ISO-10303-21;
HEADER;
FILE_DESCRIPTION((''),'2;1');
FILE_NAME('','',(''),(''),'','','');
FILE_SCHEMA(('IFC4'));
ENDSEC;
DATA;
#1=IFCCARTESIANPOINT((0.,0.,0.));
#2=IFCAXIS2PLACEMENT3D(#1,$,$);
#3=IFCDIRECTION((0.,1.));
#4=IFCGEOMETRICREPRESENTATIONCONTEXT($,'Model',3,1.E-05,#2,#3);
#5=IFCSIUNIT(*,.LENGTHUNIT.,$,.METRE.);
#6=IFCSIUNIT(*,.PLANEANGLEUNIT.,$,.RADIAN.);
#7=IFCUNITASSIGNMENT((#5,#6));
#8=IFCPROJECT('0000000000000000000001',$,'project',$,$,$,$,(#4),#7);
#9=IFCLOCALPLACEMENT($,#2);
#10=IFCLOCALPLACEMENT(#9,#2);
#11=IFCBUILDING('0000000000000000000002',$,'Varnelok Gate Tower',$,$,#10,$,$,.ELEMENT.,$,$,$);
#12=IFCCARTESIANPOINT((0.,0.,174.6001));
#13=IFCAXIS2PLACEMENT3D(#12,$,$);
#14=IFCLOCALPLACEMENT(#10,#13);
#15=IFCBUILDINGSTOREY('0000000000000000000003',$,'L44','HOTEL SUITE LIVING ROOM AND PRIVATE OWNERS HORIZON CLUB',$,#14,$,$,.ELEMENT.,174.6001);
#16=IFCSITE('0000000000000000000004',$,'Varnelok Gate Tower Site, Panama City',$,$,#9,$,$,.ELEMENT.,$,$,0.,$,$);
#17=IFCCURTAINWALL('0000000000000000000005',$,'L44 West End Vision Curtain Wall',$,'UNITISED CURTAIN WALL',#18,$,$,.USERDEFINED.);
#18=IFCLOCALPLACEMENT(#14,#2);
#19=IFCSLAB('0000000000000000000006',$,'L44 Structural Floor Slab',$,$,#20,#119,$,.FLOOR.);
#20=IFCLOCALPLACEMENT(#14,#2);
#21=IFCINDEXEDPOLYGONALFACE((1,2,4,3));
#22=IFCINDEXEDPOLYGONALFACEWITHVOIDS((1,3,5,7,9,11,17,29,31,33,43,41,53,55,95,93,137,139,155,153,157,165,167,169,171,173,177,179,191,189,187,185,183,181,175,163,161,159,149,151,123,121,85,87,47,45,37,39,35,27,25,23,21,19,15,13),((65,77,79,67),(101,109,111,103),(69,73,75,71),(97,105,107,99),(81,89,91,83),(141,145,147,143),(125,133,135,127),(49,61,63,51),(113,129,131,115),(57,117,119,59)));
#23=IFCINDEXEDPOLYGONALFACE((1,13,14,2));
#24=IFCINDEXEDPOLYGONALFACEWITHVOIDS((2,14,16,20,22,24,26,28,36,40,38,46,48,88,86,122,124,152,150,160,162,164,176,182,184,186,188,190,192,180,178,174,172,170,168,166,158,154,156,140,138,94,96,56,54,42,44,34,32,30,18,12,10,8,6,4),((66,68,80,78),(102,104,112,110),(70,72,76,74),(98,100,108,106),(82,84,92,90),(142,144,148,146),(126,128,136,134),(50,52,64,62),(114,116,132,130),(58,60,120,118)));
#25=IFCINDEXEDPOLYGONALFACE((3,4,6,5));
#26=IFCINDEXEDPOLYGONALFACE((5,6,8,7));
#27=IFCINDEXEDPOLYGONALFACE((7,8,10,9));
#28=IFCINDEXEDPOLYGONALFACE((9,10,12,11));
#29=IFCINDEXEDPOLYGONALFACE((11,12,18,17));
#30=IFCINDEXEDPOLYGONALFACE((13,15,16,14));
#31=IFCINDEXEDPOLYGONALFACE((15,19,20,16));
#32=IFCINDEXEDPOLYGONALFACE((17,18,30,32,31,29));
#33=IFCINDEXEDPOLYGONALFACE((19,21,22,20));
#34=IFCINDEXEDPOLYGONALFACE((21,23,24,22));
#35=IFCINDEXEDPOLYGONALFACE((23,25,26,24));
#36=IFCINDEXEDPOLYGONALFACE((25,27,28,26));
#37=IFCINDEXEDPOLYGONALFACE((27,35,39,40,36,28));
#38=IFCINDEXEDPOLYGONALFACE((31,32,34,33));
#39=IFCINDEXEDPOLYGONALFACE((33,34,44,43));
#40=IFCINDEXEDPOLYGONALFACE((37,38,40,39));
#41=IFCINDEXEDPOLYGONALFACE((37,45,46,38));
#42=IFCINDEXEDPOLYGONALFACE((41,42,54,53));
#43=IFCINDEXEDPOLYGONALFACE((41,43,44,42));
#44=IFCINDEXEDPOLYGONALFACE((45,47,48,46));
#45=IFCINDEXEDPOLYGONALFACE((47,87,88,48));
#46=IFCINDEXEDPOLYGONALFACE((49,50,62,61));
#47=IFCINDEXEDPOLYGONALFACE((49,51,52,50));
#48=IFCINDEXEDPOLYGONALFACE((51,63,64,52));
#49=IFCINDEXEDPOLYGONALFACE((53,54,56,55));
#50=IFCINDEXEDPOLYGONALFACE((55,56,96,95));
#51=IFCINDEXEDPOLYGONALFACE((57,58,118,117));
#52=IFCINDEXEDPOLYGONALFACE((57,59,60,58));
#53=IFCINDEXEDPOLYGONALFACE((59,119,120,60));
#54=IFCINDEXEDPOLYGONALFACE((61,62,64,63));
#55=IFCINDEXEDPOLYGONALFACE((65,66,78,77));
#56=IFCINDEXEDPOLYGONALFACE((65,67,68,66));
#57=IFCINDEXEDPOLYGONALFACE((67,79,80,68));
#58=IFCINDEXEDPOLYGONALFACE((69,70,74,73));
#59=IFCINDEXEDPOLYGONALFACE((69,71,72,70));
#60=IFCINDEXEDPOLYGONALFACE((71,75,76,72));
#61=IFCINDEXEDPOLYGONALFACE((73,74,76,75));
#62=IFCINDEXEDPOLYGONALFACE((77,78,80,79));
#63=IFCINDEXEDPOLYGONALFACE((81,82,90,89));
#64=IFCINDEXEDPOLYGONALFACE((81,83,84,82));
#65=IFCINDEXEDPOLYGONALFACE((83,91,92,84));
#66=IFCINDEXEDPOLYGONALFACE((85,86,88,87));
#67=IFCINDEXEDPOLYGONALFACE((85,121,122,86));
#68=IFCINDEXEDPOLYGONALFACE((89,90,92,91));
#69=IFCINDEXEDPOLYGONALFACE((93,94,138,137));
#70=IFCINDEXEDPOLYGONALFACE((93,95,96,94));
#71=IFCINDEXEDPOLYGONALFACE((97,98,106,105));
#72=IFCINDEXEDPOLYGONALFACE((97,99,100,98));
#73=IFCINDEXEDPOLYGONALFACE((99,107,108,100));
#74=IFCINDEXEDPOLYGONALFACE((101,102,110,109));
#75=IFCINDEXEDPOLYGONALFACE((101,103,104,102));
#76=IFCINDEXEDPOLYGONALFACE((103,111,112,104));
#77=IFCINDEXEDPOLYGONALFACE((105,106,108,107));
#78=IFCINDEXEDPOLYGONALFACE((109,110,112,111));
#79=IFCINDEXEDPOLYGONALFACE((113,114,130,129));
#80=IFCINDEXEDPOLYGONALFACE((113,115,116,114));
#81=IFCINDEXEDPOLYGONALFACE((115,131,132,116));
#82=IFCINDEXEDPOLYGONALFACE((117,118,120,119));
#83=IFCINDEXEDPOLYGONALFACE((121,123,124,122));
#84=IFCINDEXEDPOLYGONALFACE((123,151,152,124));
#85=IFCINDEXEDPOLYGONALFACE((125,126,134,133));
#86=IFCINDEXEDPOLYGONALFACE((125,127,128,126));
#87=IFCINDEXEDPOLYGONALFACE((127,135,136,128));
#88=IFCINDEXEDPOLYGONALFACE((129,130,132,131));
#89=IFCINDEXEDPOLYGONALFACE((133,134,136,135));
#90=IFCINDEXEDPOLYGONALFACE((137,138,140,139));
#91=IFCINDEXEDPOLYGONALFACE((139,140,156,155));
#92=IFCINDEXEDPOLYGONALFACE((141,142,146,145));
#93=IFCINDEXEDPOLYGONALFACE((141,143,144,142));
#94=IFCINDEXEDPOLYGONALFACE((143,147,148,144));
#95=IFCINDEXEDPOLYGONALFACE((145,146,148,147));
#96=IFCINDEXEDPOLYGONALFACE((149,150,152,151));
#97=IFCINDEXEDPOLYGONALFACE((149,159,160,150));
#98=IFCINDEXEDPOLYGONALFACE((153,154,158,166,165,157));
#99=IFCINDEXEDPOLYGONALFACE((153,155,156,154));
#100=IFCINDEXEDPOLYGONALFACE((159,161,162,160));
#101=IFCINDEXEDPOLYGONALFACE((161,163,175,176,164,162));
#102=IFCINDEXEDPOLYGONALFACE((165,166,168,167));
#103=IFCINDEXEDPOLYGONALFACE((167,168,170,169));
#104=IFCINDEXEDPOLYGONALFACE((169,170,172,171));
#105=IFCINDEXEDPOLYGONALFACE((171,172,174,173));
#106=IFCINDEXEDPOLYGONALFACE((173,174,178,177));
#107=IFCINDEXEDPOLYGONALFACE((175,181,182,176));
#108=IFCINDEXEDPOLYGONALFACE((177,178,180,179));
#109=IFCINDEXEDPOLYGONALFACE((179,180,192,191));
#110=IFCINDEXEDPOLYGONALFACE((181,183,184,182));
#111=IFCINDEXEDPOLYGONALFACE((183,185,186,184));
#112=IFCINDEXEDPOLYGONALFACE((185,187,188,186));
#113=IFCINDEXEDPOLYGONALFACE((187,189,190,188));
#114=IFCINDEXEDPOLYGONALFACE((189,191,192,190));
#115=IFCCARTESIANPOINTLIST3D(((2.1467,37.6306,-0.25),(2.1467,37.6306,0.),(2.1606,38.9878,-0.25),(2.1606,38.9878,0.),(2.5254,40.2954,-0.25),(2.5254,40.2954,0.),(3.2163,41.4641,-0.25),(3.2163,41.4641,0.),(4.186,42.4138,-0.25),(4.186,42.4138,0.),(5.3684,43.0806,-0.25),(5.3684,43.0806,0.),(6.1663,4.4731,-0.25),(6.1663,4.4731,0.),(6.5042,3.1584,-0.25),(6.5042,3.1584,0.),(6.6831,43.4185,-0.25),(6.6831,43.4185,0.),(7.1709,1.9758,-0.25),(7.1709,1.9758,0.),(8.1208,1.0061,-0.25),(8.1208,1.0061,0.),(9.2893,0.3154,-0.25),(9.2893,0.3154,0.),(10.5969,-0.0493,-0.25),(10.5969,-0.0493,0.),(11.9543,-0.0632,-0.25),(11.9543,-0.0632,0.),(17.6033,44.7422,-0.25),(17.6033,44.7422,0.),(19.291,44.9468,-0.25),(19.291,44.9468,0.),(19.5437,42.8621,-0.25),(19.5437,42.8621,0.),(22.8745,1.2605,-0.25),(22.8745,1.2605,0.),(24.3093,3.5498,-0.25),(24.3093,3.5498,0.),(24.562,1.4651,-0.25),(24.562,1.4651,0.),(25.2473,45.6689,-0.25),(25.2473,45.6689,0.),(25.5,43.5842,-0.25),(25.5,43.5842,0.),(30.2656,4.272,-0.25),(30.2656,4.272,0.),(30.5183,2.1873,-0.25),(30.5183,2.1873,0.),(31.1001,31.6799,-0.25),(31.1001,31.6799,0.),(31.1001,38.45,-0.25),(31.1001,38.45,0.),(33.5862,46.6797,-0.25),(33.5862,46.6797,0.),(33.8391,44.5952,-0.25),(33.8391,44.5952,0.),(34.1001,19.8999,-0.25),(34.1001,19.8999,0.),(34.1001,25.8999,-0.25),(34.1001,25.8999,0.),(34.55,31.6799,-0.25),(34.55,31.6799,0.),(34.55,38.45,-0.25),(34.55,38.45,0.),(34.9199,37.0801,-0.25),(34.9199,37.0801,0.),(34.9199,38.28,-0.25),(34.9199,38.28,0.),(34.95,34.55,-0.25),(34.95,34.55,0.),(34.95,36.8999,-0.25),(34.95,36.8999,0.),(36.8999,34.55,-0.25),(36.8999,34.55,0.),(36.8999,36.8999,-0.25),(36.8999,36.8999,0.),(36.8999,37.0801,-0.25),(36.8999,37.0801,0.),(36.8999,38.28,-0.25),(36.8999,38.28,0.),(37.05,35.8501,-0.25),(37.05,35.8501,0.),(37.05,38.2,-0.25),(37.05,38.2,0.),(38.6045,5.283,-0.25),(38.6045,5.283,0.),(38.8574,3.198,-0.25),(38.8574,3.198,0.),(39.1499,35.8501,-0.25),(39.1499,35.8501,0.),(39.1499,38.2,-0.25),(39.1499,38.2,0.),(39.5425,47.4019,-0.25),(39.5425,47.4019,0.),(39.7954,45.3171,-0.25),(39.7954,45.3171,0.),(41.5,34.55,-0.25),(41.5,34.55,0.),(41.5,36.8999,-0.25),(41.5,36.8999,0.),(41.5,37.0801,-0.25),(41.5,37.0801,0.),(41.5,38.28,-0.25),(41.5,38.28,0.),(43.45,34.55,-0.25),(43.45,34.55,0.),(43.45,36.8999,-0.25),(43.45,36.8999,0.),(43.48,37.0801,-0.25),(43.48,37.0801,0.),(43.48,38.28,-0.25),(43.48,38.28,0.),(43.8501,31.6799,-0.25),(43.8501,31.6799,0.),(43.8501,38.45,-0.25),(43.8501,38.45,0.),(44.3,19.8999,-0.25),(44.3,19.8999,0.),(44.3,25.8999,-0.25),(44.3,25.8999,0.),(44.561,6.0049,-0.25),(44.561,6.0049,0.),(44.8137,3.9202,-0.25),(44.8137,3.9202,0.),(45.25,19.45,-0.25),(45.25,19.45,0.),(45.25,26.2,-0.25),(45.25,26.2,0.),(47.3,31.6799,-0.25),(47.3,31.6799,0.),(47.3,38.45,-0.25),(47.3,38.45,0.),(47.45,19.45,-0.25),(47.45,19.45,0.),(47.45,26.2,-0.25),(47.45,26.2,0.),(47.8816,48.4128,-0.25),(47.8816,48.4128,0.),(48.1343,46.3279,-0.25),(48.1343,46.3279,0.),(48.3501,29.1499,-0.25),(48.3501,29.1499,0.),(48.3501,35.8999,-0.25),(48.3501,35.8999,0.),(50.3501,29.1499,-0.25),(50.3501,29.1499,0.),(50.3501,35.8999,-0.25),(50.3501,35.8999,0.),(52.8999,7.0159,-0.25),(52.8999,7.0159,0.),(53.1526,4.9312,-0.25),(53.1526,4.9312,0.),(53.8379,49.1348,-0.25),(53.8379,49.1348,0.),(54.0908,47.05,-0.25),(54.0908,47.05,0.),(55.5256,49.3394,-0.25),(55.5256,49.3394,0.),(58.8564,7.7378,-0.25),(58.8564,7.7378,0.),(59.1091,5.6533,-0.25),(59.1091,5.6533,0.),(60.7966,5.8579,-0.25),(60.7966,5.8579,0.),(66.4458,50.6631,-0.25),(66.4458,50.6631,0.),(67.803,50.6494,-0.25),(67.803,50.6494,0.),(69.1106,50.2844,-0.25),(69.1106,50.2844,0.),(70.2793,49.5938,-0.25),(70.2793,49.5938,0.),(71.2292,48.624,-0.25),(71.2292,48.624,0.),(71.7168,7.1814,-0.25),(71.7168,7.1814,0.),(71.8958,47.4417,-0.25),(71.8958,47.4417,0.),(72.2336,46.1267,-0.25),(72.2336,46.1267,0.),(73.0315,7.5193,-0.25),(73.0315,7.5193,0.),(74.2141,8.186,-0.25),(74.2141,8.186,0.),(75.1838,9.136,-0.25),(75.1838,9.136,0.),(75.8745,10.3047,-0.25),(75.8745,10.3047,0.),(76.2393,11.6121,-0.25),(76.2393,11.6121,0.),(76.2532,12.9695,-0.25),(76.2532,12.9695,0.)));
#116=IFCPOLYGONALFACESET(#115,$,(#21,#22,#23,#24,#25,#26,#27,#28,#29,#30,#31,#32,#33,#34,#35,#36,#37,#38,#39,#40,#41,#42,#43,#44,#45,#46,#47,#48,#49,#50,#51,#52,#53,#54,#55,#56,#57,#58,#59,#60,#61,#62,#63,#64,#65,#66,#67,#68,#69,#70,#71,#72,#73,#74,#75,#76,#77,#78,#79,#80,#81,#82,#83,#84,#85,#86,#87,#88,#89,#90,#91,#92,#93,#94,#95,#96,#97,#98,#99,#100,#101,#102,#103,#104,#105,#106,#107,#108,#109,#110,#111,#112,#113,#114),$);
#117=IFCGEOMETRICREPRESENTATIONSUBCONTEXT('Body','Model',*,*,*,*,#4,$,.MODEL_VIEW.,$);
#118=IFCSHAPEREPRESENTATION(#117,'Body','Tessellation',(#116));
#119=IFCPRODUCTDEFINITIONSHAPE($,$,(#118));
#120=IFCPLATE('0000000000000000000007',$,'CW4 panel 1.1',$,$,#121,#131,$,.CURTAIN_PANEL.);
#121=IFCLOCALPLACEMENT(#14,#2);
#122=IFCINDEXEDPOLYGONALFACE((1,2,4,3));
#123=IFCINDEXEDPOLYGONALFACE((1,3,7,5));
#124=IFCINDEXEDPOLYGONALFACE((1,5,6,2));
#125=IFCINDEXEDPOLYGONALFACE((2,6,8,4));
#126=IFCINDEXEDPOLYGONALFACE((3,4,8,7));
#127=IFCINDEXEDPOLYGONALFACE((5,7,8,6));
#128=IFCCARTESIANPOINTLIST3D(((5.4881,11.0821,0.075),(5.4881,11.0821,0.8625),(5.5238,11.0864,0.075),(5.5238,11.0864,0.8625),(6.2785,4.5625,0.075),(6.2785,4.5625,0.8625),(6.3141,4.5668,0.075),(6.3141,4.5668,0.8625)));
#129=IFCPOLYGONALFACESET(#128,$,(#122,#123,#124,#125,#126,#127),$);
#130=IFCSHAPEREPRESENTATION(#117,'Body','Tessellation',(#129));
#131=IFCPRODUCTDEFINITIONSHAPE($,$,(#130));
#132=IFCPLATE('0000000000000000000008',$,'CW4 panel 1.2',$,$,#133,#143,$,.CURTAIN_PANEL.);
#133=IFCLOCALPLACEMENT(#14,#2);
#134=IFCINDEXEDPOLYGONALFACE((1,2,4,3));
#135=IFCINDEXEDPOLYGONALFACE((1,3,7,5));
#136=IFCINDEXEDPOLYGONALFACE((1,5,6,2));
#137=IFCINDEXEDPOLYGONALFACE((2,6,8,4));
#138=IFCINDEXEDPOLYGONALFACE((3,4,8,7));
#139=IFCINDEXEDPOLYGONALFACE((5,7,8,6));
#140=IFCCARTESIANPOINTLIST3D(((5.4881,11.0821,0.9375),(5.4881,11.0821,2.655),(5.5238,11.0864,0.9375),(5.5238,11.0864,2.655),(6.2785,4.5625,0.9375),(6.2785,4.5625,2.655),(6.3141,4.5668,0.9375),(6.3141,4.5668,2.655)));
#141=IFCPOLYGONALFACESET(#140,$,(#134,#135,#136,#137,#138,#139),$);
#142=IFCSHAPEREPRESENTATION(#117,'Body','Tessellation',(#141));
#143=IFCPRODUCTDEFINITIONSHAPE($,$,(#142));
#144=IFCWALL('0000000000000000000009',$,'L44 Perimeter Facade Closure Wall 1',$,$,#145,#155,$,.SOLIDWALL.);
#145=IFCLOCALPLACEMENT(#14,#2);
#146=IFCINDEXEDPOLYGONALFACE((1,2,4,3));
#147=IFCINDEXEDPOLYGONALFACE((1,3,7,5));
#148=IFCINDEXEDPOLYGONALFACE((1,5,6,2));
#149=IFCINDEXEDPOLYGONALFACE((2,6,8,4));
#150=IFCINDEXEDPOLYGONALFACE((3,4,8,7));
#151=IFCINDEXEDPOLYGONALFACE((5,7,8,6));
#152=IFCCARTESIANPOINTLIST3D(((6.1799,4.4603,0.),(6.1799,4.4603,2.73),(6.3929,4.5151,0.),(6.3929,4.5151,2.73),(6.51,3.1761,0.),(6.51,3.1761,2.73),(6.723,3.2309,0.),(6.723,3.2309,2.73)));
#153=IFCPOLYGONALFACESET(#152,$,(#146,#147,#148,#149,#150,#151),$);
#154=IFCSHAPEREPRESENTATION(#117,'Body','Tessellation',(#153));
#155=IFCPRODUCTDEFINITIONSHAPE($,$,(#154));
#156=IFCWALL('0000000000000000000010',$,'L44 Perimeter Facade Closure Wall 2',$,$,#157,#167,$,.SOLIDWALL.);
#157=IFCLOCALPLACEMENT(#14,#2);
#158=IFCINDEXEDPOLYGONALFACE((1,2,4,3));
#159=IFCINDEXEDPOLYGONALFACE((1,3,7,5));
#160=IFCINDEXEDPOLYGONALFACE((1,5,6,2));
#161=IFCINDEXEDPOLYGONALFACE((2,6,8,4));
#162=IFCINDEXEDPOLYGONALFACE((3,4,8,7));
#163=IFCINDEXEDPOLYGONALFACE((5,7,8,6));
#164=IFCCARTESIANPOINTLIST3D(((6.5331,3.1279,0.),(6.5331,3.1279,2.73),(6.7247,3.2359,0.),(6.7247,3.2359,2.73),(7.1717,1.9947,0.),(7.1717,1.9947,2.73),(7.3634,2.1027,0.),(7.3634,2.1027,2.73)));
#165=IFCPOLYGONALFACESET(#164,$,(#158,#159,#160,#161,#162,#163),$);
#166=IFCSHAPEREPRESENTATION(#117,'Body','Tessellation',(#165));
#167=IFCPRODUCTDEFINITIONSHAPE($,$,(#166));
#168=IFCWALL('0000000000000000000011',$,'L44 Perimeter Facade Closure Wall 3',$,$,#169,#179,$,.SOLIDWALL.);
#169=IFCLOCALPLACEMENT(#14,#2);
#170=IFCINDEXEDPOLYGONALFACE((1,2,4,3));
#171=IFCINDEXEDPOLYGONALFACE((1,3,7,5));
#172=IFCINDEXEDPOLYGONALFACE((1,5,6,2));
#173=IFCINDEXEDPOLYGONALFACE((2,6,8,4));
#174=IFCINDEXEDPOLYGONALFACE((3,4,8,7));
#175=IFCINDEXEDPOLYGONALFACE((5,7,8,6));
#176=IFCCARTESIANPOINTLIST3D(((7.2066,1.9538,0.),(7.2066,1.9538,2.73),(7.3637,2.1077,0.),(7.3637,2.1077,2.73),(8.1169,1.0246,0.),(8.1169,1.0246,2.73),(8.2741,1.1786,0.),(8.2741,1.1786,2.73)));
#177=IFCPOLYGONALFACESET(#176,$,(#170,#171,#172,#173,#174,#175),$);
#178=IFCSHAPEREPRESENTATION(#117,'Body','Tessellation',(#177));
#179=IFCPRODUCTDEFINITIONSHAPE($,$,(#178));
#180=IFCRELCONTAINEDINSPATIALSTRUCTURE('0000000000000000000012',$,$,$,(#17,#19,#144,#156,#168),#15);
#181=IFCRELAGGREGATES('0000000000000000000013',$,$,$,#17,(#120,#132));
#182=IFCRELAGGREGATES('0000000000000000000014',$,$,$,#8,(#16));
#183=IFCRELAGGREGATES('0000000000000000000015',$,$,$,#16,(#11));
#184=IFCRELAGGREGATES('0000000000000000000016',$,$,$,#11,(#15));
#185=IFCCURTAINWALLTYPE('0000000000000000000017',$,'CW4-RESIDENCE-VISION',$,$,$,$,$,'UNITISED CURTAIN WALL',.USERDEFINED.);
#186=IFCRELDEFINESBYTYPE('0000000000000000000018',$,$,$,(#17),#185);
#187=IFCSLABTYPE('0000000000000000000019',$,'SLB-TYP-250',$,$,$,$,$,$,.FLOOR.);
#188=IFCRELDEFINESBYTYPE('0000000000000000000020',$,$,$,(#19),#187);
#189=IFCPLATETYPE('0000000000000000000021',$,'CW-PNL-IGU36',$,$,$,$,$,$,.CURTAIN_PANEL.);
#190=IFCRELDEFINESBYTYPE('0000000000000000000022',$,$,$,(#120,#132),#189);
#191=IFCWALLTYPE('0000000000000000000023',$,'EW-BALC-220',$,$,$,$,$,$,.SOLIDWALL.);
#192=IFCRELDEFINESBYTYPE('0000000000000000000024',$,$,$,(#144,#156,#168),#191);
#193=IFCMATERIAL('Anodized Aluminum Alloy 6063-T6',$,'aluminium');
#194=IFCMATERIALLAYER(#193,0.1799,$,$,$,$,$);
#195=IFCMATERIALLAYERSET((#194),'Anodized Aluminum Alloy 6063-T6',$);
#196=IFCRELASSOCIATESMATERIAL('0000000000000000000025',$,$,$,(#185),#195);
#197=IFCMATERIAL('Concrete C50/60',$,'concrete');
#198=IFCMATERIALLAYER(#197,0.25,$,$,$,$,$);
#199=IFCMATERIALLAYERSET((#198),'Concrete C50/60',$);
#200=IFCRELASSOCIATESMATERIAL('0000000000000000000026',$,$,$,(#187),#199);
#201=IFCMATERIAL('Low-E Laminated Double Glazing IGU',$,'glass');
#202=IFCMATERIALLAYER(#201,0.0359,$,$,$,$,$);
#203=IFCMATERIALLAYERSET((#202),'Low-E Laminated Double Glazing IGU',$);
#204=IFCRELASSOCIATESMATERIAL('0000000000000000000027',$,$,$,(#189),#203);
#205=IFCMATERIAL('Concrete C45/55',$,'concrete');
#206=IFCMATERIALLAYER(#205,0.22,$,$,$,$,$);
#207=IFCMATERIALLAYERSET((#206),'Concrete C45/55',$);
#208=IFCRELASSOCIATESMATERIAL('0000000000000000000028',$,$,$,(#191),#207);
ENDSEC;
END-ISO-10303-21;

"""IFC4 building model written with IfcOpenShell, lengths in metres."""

from ifc_helpers import new_model, si_unit, direction, frame, frame_2d, origin, origin_2d, place, context, subcontext, project, spatial, polyline, rectangle, outline, extrude, source, transform, mapped, material, layer, layer_set, type_object, element, aggregate, save


model = new_model("IFC4")

# Units and contexts
model_context = context("Model", 3, precision=1e-05, world=origin(), true_north=direction((0.0, 1.0)))
body_context = subcontext(model_context, "Body", "Model", "MODEL_VIEW")
ifc_project = project(units=[si_unit("LENGTHUNIT", "METRE"), si_unit("PLANEANGLEUNIT", "RADIAN")], contexts=[model_context])

# Site, building, storey
site_placement = place(None, origin())
site = spatial("IfcSite", under=ifc_project, at=site_placement, Name="Varnelok Gate Tower Site, Panama City", CompositionType="ELEMENT", RefElevation=0.0)
building_placement = place(site_placement, origin())
building = spatial("IfcBuilding", under=site, at=building_placement, Name="Varnelok Gate Tower", CompositionType="ELEMENT")
storey_placement = place(building_placement, frame((0.0, 0.0, 174.6001)))
storey = spatial("IfcBuildingStorey", under=building, at=storey_placement, Name="L44", Description="HOTEL SUITE LIVING ROOM AND PRIVATE OWNERS HORIZON CLUB", CompositionType="ELEMENT", Elevation=174.6001)

# Curtain wall
ifc_material_1 = material(Name="Anodized Aluminum Alloy 6063-T6", Category="aluminium")
ifc_layer_1 = layer(ifc_material_1, 0.1799)
ifc_layer_set_1 = layer_set([ifc_layer_1], Name="Anodized Aluminum Alloy 6063-T6")
curtain_wall_type = type_object("IfcCurtainWallType", Name="CW4-RESIDENCE-VISION", ElementType="UNITISED CURTAIN WALL", PredefinedType="USERDEFINED", material=ifc_layer_set_1)
curtain_wall_placement = place(storey_placement, origin())
curtain_wall = element("IfcCurtainWall", 1, at=curtain_wall_placement, inside=storey, type_object=curtain_wall_type, Name="L44 West End Vision Curtain Wall", ObjectType="UNITISED CURTAIN WALL", PredefinedType="USERDEFINED")

# Shared definitions
ifc_material_2 = material(Name="Concrete C45/55", Category="concrete")

# Shared definitions
ifc_material_3 = material(Name="Concrete C50/60", Category="concrete")

# Slab
ifc_layer_2 = layer(ifc_material_3, 0.25)
ifc_layer_set_2 = layer_set([ifc_layer_2], Name="Concrete C50/60")
slab_type_1 = type_object("IfcSlabType", Name="SLB-TYP-250", PredefinedType="FLOOR", material=ifc_layer_set_2)
slab_1_placement = place(storey_placement, frame((0.0, 0.0, -0.25)))
element("IfcSlab", 2, at=slab_1_placement, inside=storey, type_object=slab_type_1, Name="L44 Structural Floor Slab", PredefinedType="FLOOR", context=body_context, shape_type="SweptSolid", body=[
    extrude(outline(polyline([(6.1663, 4.4731), (6.5042, 3.1584), (7.1709, 1.9758), (8.1208, 1.0061), (9.2893, 0.3154), (10.5969, -0.0493), (11.9543, -0.0632), (22.8745, 1.2605), (24.562, 1.4651), (24.3093, 3.5498), (30.2656, 4.272), (30.5183, 2.1873), (38.8574, 3.198), (38.6045, 5.283), (44.561, 6.0049), (44.8137, 3.9202), (53.1526, 4.9312), (52.8999, 7.0159), (58.8564, 7.7378), (59.1091, 5.6533), (60.7966, 5.8579), (71.7168, 7.1814), (73.0315, 7.5193), (74.2141, 8.186), (75.1838, 9.136), (75.8745, 10.3047), (76.2393, 11.6121), (76.2532, 12.9695), (72.2336, 46.1267), (71.8958, 47.4417), (71.2292, 48.624), (70.2793, 49.5938), (69.1106, 50.2844), (67.803, 50.6494), (66.4458, 50.6631), (55.5256, 49.3394), (53.8379, 49.1348), (54.0908, 47.05), (48.1343, 46.3279), (47.8816, 48.4128), (39.5425, 47.4019), (39.7954, 45.3171), (33.8391, 44.5952), (33.5862, 46.6797), (25.2473, 45.6689), (25.5, 43.5842), (19.5437, 42.8621), (19.291, 44.9468), (17.6033, 44.7422), (6.6831, 43.4185), (5.3684, 43.0806), (4.186, 42.4138), (3.2163, 41.4641), (2.5254, 40.2954), (2.1606, 38.9878), (2.1467, 37.6306), (6.1663, 4.4731)]), holes=[polyline([(34.55, 31.6799), (34.55, 38.45), (31.1001, 38.45), (31.1001, 31.6799), (34.55, 31.6799)]), polyline([(47.3, 31.6799), (47.3, 38.45), (43.8501, 38.45), (43.8501, 31.6799), (47.3, 31.6799)]), polyline([(34.95, 34.55), (36.8999, 34.55), (36.8999, 36.8999), (34.95, 36.8999), (34.95, 34.55)]), polyline([(41.5, 34.55), (43.45, 34.55), (43.45, 36.8999), (41.5, 36.8999), (41.5, 34.55)]), polyline([(37.05, 35.8501), (39.1499, 35.8501), (39.1499, 38.2), (37.05, 38.2), (37.05, 35.8501)]), polyline([(48.3501, 29.1499), (50.3501, 29.1499), (50.3501, 35.8999), (48.3501, 35.8999), (48.3501, 29.1499)]), polyline([(45.25, 19.45), (47.45, 19.45), (47.45, 26.2), (45.25, 26.2), (45.25, 19.45)]), polyline([(34.9199, 37.0801), (36.8999, 37.0801), (36.8999, 38.28), (34.9199, 38.28), (34.9199, 37.0801)]), polyline([(41.5, 37.0801), (43.48, 37.0801), (43.48, 38.28), (41.5, 38.28), (41.5, 37.0801)]), polyline([(34.1001, 19.8999), (44.3, 19.8999), (44.3, 25.8999), (34.1001, 25.8999), (34.1001, 19.8999)])]), origin(), (0.0, 0.0, 1.0), 0.25),
])

# Plates
ifc_material_4 = material(Name="Low-E Laminated Double Glazing IGU", Category="glass")
ifc_layer_3 = layer(ifc_material_4, 0.0359)
ifc_layer_set_3 = layer_set([ifc_layer_3], Name="Low-E Laminated Double Glazing IGU")
plate_type = type_object("IfcPlateType", Name="CW-PNL-IGU36", PredefinedType="CURTAIN_PANEL", material=ifc_layer_set_3)
shared_shape_1 = source(origin(), body_context, "Body", "SweptSolid", [
    extrude(rectangle(XDim=6.5674, YDim=0.0359, at=origin_2d()), origin(), (0.0, 0.0, 1.0), 0.7876),
])
plate_1_placement = place(storey_placement, frame((5.9011, 7.8245, 0.075), z_axis=(0.0, 0.0, 1.0), x_axis=(-0.120345, 0.992732, 0.0)))
plate_1 = element("IfcPlate", 3, at=plate_1_placement, type_object=plate_type, Name="CW4 panel 1.1", PredefinedType="CURTAIN_PANEL", context=body_context, shape_type="MappedRepresentation", body=[
    mapped(shared_shape_1, transform((0.0, 0.0, 0.0), scale=1.0)),
])
shared_shape_2 = source(origin(), body_context, "Body", "SweptSolid", [
    extrude(rectangle(XDim=6.5674, YDim=0.0359, at=origin_2d()), origin(), (0.0, 0.0, 1.0), 1.7175),
])
plate_2_placement = place(storey_placement, frame((5.9011, 7.8245, 0.9375), z_axis=(0.0, 0.0, 1.0), x_axis=(-0.120345, 0.992732, 0.0)))
plate_2 = element("IfcPlate", 4, at=plate_2_placement, type_object=plate_type, Name="CW4 panel 1.2", PredefinedType="CURTAIN_PANEL", context=body_context, shape_type="MappedRepresentation", body=[
    mapped(shared_shape_2, transform((0.0, 0.0, 0.0), scale=1.0)),
])
aggregate(curtain_wall, [plate_1, plate_2])

# Walls
ifc_layer_4 = layer(ifc_material_2, 0.22)
ifc_layer_set_4 = layer_set([ifc_layer_4], Name="Concrete C45/55")
wall_type = type_object("IfcWallType", Name="EW-BALC-220", PredefinedType="SOLIDWALL", material=ifc_layer_set_4)
wall_1_placement = place(storey_placement, frame((6.2864, 4.4878, 0.0), z_axis=(0.0, 0.0, 1.0), x_axis=(0.248942, -0.968518, 0.0)))
element("IfcWall", 5, at=wall_1_placement, inside=storey, type_object=wall_type, Name="L44 Perimeter Facade Closure Wall 1", PredefinedType="SOLIDWALL", context=body_context, shape_type="SweptSolid", body=[
    extrude(rectangle(XDim=1.3259, YDim=0.22, at=frame_2d((0.6631, 0.0))), origin(), (0.0, 0.0, 1.0), 2.73),
])
for number, where, z_axis, x_axis, name in (
    (6, (6.6289, 3.1819, 0.0), (0.0, 0.0, 1.0), (0.490956, -0.871184, 0.0), "L44 Perimeter Facade Closure Wall 2"),
    (7, (7.2852, 2.0308, 0.0), (0.0, 0.0, 1.0), (0.699844, -0.714295, 0.0), "L44 Perimeter Facade Closure Wall 3"),
):
    element("IfcWall", number, at=place(storey_placement, frame(where, z_axis=z_axis, x_axis=x_axis)), inside=storey, type_object=wall_type, Name=name, PredefinedType="SOLIDWALL", context=body_context, shape_type="SweptSolid", body=[
        extrude(rectangle(XDim=1.3008, YDim=0.22, at=frame_2d((0.6504, 0.0))), origin(), (0.0, 0.0, 1.0), 2.73),
    ])

save(model, "model.ifc")
